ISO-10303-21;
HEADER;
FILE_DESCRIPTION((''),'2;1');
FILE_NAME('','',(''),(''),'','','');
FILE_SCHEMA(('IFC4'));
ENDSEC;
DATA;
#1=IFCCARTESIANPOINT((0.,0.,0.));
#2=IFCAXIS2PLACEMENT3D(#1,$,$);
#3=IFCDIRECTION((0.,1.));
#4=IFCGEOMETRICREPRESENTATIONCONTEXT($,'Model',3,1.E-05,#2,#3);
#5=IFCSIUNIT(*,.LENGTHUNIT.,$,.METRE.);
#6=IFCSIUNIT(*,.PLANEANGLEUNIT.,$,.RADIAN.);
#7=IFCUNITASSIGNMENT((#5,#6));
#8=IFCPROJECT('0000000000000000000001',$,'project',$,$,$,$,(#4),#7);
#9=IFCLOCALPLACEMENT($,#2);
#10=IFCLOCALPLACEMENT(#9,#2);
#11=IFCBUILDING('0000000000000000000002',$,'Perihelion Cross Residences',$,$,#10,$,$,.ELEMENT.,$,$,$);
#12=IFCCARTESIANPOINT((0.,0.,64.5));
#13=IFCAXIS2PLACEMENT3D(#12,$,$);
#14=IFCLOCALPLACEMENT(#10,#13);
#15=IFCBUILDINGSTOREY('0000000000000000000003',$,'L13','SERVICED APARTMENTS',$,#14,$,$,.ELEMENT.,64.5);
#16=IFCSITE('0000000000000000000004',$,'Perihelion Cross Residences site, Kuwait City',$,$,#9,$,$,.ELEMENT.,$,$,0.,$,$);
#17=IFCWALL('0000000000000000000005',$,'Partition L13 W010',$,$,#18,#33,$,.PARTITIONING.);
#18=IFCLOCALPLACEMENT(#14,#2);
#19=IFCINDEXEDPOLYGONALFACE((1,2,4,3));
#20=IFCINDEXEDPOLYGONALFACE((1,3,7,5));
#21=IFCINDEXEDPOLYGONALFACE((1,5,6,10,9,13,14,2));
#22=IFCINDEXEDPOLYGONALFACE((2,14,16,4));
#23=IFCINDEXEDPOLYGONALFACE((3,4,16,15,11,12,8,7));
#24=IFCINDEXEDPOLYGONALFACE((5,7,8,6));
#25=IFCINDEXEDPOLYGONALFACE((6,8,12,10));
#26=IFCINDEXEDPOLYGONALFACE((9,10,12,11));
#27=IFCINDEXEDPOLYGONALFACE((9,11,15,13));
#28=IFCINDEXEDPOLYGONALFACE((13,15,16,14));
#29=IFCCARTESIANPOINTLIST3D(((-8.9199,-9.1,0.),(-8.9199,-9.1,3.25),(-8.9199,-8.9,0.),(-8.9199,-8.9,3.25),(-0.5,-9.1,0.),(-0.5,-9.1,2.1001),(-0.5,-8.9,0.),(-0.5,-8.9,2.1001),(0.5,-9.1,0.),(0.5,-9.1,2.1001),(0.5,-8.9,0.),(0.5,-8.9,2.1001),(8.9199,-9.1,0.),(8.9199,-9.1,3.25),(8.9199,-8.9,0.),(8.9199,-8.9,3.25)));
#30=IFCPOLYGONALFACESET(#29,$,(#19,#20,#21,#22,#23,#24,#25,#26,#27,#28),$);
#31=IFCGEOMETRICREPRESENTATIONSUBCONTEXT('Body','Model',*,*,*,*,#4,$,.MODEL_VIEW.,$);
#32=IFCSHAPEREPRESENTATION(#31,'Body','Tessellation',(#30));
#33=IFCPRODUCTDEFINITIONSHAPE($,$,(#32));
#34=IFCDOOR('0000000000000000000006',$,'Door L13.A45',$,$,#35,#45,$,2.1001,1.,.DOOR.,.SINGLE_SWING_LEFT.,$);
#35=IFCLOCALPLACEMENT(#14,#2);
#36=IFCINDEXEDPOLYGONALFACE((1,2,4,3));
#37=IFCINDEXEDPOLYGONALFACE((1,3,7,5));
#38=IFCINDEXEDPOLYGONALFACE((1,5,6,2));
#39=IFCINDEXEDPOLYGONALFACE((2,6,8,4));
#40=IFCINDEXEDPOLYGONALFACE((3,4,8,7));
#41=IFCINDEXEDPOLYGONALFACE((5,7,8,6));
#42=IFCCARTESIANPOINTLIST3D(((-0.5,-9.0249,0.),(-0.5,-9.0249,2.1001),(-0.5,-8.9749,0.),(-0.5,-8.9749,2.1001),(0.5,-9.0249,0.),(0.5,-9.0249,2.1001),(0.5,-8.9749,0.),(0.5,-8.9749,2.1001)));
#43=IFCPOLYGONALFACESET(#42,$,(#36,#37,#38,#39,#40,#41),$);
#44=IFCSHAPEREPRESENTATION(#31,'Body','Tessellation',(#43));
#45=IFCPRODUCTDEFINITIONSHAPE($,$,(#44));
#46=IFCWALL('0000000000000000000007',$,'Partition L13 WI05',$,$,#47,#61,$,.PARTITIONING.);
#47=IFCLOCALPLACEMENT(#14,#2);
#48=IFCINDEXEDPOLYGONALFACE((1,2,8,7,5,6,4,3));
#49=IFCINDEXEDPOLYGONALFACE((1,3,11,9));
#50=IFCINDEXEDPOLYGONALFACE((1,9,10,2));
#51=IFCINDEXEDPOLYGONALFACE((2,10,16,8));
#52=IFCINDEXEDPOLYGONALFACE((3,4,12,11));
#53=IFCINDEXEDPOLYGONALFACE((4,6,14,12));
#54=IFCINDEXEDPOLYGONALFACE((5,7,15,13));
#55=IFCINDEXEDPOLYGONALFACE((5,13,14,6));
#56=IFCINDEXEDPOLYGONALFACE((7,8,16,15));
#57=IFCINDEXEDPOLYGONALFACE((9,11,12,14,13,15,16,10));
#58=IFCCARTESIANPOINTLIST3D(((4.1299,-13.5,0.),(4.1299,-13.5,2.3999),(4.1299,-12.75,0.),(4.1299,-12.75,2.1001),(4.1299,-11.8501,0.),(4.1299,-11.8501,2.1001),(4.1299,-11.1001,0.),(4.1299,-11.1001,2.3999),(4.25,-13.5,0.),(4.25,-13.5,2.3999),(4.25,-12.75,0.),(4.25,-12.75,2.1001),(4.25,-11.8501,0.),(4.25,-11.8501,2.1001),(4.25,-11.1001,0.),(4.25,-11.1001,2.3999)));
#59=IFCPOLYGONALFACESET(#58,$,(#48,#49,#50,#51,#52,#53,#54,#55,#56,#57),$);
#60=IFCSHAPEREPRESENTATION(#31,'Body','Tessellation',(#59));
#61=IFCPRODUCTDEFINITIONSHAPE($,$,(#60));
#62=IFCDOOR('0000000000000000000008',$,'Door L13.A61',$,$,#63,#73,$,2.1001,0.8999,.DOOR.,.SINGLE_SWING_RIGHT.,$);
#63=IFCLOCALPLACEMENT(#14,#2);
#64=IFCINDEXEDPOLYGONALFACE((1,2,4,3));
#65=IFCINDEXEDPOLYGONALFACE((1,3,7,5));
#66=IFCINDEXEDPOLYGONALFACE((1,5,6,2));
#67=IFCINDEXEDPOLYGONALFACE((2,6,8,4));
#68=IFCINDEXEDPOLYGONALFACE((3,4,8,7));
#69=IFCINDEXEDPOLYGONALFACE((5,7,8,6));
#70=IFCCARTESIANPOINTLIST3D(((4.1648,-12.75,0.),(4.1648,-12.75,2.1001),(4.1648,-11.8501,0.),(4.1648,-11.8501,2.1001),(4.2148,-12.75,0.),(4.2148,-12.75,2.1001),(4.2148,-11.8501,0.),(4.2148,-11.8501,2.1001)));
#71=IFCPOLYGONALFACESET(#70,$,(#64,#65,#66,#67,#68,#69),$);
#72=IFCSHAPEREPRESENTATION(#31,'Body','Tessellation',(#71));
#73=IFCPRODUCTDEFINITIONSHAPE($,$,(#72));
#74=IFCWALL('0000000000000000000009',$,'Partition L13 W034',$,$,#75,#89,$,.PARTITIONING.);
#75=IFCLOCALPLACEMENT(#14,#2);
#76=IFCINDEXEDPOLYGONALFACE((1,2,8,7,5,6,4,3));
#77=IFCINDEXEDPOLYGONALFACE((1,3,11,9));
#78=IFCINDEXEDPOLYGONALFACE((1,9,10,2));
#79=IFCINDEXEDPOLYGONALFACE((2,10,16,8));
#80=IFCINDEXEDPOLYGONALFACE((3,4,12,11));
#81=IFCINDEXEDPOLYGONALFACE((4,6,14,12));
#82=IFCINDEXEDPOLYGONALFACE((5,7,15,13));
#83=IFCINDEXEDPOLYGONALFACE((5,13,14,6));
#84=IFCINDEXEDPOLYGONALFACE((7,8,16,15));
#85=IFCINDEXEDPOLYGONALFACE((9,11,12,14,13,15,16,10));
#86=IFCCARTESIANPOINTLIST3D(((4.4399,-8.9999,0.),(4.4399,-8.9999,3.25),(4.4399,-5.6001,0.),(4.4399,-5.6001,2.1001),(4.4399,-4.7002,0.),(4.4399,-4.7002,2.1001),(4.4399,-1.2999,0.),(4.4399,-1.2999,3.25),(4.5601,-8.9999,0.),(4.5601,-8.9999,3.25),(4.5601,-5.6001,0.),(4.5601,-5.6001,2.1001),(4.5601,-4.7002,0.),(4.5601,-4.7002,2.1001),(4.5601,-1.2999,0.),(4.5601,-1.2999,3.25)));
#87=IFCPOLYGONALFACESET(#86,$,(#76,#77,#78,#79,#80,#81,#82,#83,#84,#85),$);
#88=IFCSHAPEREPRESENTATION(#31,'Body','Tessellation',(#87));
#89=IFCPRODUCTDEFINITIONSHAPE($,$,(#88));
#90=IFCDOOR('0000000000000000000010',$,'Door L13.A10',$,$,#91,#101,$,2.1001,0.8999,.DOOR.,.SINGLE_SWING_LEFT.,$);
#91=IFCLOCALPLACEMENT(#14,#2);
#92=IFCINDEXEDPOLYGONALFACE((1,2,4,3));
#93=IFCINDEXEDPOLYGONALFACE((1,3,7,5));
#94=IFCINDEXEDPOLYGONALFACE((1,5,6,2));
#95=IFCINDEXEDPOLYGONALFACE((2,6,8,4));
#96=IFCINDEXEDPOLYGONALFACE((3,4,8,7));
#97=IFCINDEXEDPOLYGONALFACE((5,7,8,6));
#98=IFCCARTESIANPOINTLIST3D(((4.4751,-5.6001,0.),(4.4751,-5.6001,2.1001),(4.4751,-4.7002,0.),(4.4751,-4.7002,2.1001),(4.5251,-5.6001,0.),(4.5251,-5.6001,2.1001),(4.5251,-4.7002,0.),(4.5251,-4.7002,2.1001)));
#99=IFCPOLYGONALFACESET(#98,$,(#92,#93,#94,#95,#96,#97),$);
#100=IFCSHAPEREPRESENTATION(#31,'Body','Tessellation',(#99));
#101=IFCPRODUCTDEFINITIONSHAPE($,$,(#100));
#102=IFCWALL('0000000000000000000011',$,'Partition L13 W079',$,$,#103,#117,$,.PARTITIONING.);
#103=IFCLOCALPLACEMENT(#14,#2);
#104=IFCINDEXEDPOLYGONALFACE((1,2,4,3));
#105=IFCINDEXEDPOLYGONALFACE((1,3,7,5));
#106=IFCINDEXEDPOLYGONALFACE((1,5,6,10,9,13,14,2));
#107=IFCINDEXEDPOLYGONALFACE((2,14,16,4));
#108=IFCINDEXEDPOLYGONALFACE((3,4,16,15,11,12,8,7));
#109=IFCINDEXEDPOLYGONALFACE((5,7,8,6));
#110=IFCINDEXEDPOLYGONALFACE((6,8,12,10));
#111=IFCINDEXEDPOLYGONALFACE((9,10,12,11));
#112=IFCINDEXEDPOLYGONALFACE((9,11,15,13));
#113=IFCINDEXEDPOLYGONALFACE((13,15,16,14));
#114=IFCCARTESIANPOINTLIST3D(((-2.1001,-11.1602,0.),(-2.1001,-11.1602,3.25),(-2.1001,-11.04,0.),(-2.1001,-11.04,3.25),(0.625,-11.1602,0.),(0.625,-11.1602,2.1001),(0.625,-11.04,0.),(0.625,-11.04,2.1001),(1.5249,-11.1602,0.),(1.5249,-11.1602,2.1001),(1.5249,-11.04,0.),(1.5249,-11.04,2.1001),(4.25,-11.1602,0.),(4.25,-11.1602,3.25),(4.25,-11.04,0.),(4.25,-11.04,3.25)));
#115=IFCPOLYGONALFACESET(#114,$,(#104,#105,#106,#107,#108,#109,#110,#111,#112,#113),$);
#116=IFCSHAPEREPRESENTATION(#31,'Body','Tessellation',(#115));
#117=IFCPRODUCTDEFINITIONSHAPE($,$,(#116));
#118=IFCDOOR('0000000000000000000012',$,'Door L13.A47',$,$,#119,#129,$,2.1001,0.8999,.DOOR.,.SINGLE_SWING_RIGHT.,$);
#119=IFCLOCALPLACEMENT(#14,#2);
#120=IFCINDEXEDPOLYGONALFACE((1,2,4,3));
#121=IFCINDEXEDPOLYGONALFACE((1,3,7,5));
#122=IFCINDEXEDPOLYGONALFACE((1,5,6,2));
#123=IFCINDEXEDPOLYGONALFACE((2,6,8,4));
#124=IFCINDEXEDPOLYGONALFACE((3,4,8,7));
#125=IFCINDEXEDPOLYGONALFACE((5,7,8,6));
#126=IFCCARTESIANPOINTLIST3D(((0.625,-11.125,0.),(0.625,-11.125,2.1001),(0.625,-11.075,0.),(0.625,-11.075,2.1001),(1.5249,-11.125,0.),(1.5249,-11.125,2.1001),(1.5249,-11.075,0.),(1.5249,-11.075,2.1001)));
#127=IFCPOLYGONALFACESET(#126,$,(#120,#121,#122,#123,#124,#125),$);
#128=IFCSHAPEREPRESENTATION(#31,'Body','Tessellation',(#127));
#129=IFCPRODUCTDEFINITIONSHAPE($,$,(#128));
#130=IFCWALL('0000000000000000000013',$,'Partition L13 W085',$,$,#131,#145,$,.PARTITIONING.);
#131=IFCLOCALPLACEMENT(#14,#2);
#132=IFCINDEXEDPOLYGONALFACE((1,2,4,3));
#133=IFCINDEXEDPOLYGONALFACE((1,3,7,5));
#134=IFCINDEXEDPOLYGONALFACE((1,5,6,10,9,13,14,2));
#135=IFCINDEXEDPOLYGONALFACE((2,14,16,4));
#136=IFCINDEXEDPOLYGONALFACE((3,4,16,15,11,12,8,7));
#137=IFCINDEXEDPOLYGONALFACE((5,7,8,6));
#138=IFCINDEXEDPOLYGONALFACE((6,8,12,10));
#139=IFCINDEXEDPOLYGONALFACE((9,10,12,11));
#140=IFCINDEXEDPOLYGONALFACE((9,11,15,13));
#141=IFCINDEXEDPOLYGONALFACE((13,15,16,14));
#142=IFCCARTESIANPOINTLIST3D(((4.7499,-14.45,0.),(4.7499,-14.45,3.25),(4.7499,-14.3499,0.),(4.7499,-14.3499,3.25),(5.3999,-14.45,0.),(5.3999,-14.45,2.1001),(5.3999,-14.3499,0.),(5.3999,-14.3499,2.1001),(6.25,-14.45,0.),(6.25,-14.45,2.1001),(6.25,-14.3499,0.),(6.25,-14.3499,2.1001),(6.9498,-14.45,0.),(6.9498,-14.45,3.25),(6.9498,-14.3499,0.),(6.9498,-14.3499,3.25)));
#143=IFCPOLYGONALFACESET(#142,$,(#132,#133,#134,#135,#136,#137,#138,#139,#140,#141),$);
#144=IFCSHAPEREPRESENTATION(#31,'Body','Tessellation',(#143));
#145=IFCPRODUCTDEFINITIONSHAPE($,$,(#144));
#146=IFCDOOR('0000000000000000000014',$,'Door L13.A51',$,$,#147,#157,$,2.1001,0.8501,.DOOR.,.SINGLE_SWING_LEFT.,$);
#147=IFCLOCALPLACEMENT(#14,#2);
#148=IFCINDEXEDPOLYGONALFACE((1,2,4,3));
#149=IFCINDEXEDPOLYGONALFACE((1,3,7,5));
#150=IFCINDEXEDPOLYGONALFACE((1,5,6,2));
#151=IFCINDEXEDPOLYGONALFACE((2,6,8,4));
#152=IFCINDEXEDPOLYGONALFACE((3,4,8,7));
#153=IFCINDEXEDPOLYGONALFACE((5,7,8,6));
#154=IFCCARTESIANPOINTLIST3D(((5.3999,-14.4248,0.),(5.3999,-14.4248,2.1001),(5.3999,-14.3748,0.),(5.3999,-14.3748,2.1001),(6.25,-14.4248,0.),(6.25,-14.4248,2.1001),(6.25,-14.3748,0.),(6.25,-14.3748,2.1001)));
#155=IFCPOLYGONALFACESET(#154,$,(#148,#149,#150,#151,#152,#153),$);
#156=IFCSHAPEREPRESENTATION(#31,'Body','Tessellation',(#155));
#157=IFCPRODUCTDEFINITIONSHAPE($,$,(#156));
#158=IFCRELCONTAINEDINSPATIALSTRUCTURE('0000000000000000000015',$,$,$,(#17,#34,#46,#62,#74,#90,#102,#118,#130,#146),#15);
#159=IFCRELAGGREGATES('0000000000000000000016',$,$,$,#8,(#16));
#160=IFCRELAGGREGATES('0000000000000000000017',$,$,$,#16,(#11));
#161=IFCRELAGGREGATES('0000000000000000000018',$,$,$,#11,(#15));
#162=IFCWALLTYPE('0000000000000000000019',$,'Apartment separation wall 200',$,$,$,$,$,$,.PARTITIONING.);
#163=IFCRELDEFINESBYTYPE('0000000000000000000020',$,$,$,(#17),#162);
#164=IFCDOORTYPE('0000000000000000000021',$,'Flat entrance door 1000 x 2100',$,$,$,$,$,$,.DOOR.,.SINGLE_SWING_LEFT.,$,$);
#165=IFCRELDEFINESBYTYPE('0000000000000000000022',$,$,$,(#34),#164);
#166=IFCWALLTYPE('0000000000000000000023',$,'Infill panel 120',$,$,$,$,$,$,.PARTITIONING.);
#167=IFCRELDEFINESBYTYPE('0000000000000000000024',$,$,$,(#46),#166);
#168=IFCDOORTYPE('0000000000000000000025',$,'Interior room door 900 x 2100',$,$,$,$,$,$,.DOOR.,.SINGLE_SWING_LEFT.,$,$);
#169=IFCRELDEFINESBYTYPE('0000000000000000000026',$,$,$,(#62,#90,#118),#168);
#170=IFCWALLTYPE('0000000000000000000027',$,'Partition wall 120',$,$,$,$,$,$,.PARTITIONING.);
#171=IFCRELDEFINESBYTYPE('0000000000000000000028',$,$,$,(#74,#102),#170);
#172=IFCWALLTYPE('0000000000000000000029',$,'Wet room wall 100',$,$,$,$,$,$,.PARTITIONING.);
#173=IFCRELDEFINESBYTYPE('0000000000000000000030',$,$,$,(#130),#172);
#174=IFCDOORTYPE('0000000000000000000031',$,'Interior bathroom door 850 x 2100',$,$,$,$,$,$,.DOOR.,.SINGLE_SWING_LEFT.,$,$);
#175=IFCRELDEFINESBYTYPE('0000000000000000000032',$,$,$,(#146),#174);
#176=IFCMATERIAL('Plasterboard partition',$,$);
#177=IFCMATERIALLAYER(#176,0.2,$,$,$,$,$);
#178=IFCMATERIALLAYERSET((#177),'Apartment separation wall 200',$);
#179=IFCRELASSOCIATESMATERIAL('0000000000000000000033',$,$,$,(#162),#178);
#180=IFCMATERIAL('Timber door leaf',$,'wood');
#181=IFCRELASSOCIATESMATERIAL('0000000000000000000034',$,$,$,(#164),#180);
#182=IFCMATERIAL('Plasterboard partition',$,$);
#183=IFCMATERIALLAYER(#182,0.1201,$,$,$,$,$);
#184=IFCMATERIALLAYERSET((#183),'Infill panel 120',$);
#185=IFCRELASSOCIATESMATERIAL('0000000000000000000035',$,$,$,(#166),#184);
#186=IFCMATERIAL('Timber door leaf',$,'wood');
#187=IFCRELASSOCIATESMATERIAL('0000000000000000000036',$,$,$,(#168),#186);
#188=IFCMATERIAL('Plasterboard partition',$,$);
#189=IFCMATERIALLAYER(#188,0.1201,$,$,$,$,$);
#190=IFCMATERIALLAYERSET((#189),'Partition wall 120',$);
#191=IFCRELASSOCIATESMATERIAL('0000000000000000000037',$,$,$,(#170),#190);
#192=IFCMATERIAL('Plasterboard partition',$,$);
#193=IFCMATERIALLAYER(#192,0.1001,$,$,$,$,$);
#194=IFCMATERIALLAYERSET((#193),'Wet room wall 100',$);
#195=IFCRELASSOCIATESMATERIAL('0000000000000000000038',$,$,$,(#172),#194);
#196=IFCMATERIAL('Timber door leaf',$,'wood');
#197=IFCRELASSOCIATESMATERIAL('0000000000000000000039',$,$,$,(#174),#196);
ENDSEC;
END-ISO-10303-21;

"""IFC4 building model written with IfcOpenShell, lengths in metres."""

from ifc_helpers import new_model, si_unit, direction, frame, frame_2d, origin, place, context, subcontext, project, spatial, rectangle, extrude, material, layer, layer_set, type_object, element, fill, save


model = new_model("IFC4")

# Units and contexts
model_context = context("Model", 3, precision=1e-05, world=origin(), true_north=direction((0.0, 1.0)))
body_context = subcontext(model_context, "Body", "Model", "MODEL_VIEW")
ifc_project = project(units=[si_unit("LENGTHUNIT", "METRE"), si_unit("PLANEANGLEUNIT", "RADIAN")], contexts=[model_context])

# Site, building, storey
site_placement = place(None, origin())
site = spatial("IfcSite", under=ifc_project, at=site_placement, Name="Perihelion Cross Residences site, Kuwait City", CompositionType="ELEMENT", RefElevation=0.0)
building_placement = place(site_placement, origin())
building = spatial("IfcBuilding", under=site, at=building_placement, Name="Perihelion Cross Residences", CompositionType="ELEMENT")
storey_placement = place(building_placement, frame((0.0, 0.0, 64.5)))
storey = spatial("IfcBuildingStorey", under=building, at=storey_placement, Name="L13", Description="SERVICED APARTMENTS", CompositionType="ELEMENT", Elevation=64.5)

# Shared definitions
ifc_material_1 = material(Name="Plasterboard partition")
ifc_layer_1 = layer(ifc_material_1, 0.2)
ifc_layer_set_1 = layer_set([ifc_layer_1], Name="Apartment separation wall 200")
wall_type_1 = type_object("IfcWallType", Name="Apartment separation wall 200", PredefinedType="PARTITIONING", material=ifc_layer_set_1)

# Walls, openings, doors
wall_1_placement = place(storey_placement, frame((8.9199, -9.0, 0.0), z_axis=(0.0, 0.0, 1.0), x_axis=(-1.0, 0.0, 0.0)))
wall_1 = element("IfcWall", 1, at=wall_1_placement, inside=storey, type_object=wall_type_1, Name="Partition L13 W010", PredefinedType="PARTITIONING", context=body_context, shape_type="SweptSolid", body=[
    extrude(rectangle(XDim=17.8398, YDim=0.2, at=frame_2d((8.9199, 0.0))), origin(), (0.0, 0.0, 1.0), 3.25),
])
opening_1_placement = place(wall_1_placement, frame((8.4199, 0.0, 0.0)))
opening_1 = element("IfcOpeningElement", 2, at=opening_1_placement, cuts=wall_1, PredefinedType="OPENING", context=body_context, shape_type="SweptSolid", body=[
    extrude(rectangle(XDim=1.0, YDim=2.1001, at=frame_2d((0.5, 1.05))), frame((0.0, 0.1099, 0.0), z_axis=(0.0, -1.0, 0.0), x_axis=(1.0, 0.0, 0.0)), (0.0, 0.0, 1.0), 0.22),
])
ifc_material_2 = material(Name="Timber door leaf", Category="wood")
door_type_1 = type_object("IfcDoorType", Name="Flat entrance door 1000 x 2100", OperationType="SINGLE_SWING_LEFT", PredefinedType="DOOR", material=ifc_material_2)
door_1_placement = place(opening_1_placement, origin())
door_1 = element("IfcDoor", 3, at=door_1_placement, inside=storey, type_object=door_type_1, Name="Door L13.A45", OperationType="SINGLE_SWING_LEFT", OverallHeight=2.1001, OverallWidth=1.0, PredefinedType="DOOR", context=body_context, shape_type="SweptSolid", body=[
    extrude(rectangle(XDim=1.0, YDim=2.1001, at=frame_2d((0.5, 1.05))), frame((0.0, 0.0249, 0.0), z_axis=(0.0, -1.0, 0.0), x_axis=(1.0, 0.0, 0.0)), (0.0, 0.0, 1.0), 0.05),
])
fill(opening_1, door_1)
ifc_material_3 = material(Name="Plasterboard partition")
ifc_layer_2 = layer(ifc_material_3, 0.1201)
ifc_layer_set_2 = layer_set([ifc_layer_2], Name="Infill panel 120")
wall_type_2 = type_object("IfcWallType", Name="Infill panel 120", PredefinedType="PARTITIONING", material=ifc_layer_set_2)
wall_2_placement = place(storey_placement, frame((4.1899, -11.1001, 0.0), z_axis=(0.0, 0.0, 1.0), x_axis=(0.0, -1.0, 0.0)))
wall_2 = element("IfcWall", 4, at=wall_2_placement, inside=storey, type_object=wall_type_2, Name="Partition L13 WI05", PredefinedType="PARTITIONING", context=body_context, shape_type="SweptSolid", body=[
    extrude(rectangle(XDim=2.3999, YDim=0.1201, at=frame_2d((1.2, 0.0))), origin(), (0.0, 0.0, 1.0), 2.3999),
])
opening_2_placement = place(wall_2_placement, frame((0.75, 0.0, 0.0)))
opening_2 = element("IfcOpeningElement", 5, at=opening_2_placement, cuts=wall_2, PredefinedType="OPENING", context=body_context, shape_type="SweptSolid", body=[
    extrude(rectangle(XDim=0.8999, YDim=2.1001, at=frame_2d((0.45, 1.05))), frame((0.0, 0.0701, 0.0), z_axis=(0.0, -1.0, 0.0), x_axis=(1.0, 0.0, 0.0)), (0.0, 0.0, 1.0), 0.1401),
])
ifc_material_4 = material(Name="Timber door leaf", Category="wood")
door_type_2 = type_object("IfcDoorType", Name="Interior room door 900 x 2100", OperationType="SINGLE_SWING_LEFT", PredefinedType="DOOR", material=ifc_material_4)
door_2_placement = place(opening_2_placement, origin())
door_2 = element("IfcDoor", 6, at=door_2_placement, inside=storey, type_object=door_type_2, Name="Door L13.A61", OperationType="SINGLE_SWING_RIGHT", OverallHeight=2.1001, OverallWidth=0.8999, PredefinedType="DOOR", context=body_context, shape_type="SweptSolid", body=[
    extrude(rectangle(XDim=0.8999, YDim=2.1001, at=frame_2d((0.45, 1.05))), frame((0.0, 0.0249, 0.0), z_axis=(0.0, -1.0, 0.0), x_axis=(1.0, 0.0, 0.0)), (0.0, 0.0, 1.0), 0.05),
])
fill(opening_2, door_2)
ifc_material_5 = material(Name="Plasterboard partition")
ifc_layer_3 = layer(ifc_material_5, 0.1201)
ifc_layer_set_3 = layer_set([ifc_layer_3], Name="Partition wall 120")
wall_type_3 = type_object("IfcWallType", Name="Partition wall 120", PredefinedType="PARTITIONING", material=ifc_layer_set_3)
wall_3_placement = place(storey_placement, frame((4.5, -9.0, 0.0), z_axis=(0.0, 0.0, 1.0), x_axis=(0.0, 1.0, 0.0)))
wall_3 = element("IfcWall", 7, at=wall_3_placement, inside=storey, type_object=wall_type_3, Name="Partition L13 W034", PredefinedType="PARTITIONING", context=body_context, shape_type="SweptSolid", body=[
    extrude(rectangle(XDim=7.7, YDim=0.1201, at=frame_2d((3.8501, 0.0))), origin(), (0.0, 0.0, 1.0), 3.25),
])
opening_3_placement = place(wall_3_placement, frame((3.3999, 0.0, 0.0)))
opening_3 = element("IfcOpeningElement", 8, at=opening_3_placement, cuts=wall_3, PredefinedType="OPENING", context=body_context, shape_type="SweptSolid", body=[
    extrude(rectangle(XDim=0.8999, YDim=2.1001, at=frame_2d((0.45, 1.05))), frame((0.0, 0.0701, 0.0), z_axis=(0.0, -1.0, 0.0), x_axis=(1.0, 0.0, 0.0)), (0.0, 0.0, 1.0), 0.1401),
])
door_3_placement = place(opening_3_placement, origin())
door_3 = element("IfcDoor", 9, at=door_3_placement, inside=storey, type_object=door_type_2, Name="Door L13.A10", OperationType="SINGLE_SWING_LEFT", OverallHeight=2.1001, OverallWidth=0.8999, PredefinedType="DOOR", context=body_context, shape_type="SweptSolid", body=[
    extrude(rectangle(XDim=0.8999, YDim=2.1001, at=frame_2d((0.45, 1.05))), frame((0.0, 0.0249, 0.0), z_axis=(0.0, -1.0, 0.0), x_axis=(1.0, 0.0, 0.0)), (0.0, 0.0, 1.0), 0.05),
])
fill(opening_3, door_3)
wall_4_placement = place(storey_placement, frame((4.25, -11.1001, 0.0), z_axis=(0.0, 0.0, 1.0), x_axis=(-1.0, 0.0, 0.0)))
wall_4 = element("IfcWall", 10, at=wall_4_placement, inside=storey, type_object=wall_type_3, Name="Partition L13 W079", PredefinedType="PARTITIONING", context=body_context, shape_type="SweptSolid", body=[
    extrude(rectangle(XDim=6.3501, YDim=0.1201, at=frame_2d((3.175, 0.0))), origin(), (0.0, 0.0, 1.0), 3.25),
])
opening_4_placement = place(wall_4_placement, frame((2.7251, 0.0, 0.0)))
opening_4 = element("IfcOpeningElement", 11, at=opening_4_placement, cuts=wall_4, PredefinedType="OPENING", context=body_context, shape_type="SweptSolid", body=[
    extrude(rectangle(XDim=0.8999, YDim=2.1001, at=frame_2d((0.45, 1.05))), frame((0.0, 0.0701, 0.0), z_axis=(0.0, -1.0, 0.0), x_axis=(1.0, 0.0, 0.0)), (0.0, 0.0, 1.0), 0.1401),
])
door_4_placement = place(opening_4_placement, origin())
door_4 = element("IfcDoor", 12, at=door_4_placement, inside=storey, type_object=door_type_2, Name="Door L13.A47", OperationType="SINGLE_SWING_RIGHT", OverallHeight=2.1001, OverallWidth=0.8999, PredefinedType="DOOR", context=body_context, shape_type="SweptSolid", body=[
    extrude(rectangle(XDim=0.8999, YDim=2.1001, at=frame_2d((0.45, 1.05))), frame((0.0, 0.0249, 0.0), z_axis=(0.0, -1.0, 0.0), x_axis=(1.0, 0.0, 0.0)), (0.0, 0.0, 1.0), 0.05),
])
fill(opening_4, door_4)
ifc_material_6 = material(Name="Plasterboard partition")
ifc_layer_4 = layer(ifc_material_6, 0.1001)
ifc_layer_set_4 = layer_set([ifc_layer_4], Name="Wet room wall 100")
wall_type_4 = type_object("IfcWallType", Name="Wet room wall 100", PredefinedType="PARTITIONING", material=ifc_layer_set_4)
wall_5_placement = place(storey_placement, frame((6.95, -14.3999, 0.0), z_axis=(0.0, 0.0, 1.0), x_axis=(-1.0, 0.0, 0.0)))
wall_5 = element("IfcWall", 13, at=wall_5_placement, inside=storey, type_object=wall_type_4, Name="Partition L13 W085", PredefinedType="PARTITIONING", context=body_context, shape_type="SweptSolid", body=[
    extrude(rectangle(XDim=2.2, YDim=0.1001, at=frame_2d((1.1001, 0.0))), origin(), (0.0, 0.0, 1.0), 3.25),
])
opening_5_placement = place(wall_5_placement, frame((0.7, 0.0, 0.0)))
opening_5 = element("IfcOpeningElement", 14, at=opening_5_placement, cuts=wall_5, PredefinedType="OPENING", context=body_context, shape_type="SweptSolid", body=[
    extrude(rectangle(XDim=0.8501, YDim=2.1001, at=frame_2d((0.425, 1.05))), frame((0.0, 0.0601, 0.0), z_axis=(0.0, -1.0, 0.0), x_axis=(1.0, 0.0, 0.0)), (0.0, 0.0, 1.0), 0.1201),
])
ifc_material_7 = material(Name="Timber door leaf", Category="wood")
door_type_3 = type_object("IfcDoorType", Name="Interior bathroom door 850 x 2100", OperationType="SINGLE_SWING_LEFT", PredefinedType="DOOR", material=ifc_material_7)
door_5_placement = place(opening_5_placement, origin())
door_5 = element("IfcDoor", 15, at=door_5_placement, inside=storey, type_object=door_type_3, Name="Door L13.A51", OperationType="SINGLE_SWING_LEFT", OverallHeight=2.1001, OverallWidth=0.8501, PredefinedType="DOOR", context=body_context, shape_type="SweptSolid", body=[
    extrude(rectangle(XDim=0.8501, YDim=2.1001, at=frame_2d((0.425, 1.05))), frame((0.0, 0.0249, 0.0), z_axis=(0.0, -1.0, 0.0), x_axis=(1.0, 0.0, 0.0)), (0.0, 0.0, 1.0), 0.05),
])
fill(opening_5, door_5)

save(model, "model.ifc")
